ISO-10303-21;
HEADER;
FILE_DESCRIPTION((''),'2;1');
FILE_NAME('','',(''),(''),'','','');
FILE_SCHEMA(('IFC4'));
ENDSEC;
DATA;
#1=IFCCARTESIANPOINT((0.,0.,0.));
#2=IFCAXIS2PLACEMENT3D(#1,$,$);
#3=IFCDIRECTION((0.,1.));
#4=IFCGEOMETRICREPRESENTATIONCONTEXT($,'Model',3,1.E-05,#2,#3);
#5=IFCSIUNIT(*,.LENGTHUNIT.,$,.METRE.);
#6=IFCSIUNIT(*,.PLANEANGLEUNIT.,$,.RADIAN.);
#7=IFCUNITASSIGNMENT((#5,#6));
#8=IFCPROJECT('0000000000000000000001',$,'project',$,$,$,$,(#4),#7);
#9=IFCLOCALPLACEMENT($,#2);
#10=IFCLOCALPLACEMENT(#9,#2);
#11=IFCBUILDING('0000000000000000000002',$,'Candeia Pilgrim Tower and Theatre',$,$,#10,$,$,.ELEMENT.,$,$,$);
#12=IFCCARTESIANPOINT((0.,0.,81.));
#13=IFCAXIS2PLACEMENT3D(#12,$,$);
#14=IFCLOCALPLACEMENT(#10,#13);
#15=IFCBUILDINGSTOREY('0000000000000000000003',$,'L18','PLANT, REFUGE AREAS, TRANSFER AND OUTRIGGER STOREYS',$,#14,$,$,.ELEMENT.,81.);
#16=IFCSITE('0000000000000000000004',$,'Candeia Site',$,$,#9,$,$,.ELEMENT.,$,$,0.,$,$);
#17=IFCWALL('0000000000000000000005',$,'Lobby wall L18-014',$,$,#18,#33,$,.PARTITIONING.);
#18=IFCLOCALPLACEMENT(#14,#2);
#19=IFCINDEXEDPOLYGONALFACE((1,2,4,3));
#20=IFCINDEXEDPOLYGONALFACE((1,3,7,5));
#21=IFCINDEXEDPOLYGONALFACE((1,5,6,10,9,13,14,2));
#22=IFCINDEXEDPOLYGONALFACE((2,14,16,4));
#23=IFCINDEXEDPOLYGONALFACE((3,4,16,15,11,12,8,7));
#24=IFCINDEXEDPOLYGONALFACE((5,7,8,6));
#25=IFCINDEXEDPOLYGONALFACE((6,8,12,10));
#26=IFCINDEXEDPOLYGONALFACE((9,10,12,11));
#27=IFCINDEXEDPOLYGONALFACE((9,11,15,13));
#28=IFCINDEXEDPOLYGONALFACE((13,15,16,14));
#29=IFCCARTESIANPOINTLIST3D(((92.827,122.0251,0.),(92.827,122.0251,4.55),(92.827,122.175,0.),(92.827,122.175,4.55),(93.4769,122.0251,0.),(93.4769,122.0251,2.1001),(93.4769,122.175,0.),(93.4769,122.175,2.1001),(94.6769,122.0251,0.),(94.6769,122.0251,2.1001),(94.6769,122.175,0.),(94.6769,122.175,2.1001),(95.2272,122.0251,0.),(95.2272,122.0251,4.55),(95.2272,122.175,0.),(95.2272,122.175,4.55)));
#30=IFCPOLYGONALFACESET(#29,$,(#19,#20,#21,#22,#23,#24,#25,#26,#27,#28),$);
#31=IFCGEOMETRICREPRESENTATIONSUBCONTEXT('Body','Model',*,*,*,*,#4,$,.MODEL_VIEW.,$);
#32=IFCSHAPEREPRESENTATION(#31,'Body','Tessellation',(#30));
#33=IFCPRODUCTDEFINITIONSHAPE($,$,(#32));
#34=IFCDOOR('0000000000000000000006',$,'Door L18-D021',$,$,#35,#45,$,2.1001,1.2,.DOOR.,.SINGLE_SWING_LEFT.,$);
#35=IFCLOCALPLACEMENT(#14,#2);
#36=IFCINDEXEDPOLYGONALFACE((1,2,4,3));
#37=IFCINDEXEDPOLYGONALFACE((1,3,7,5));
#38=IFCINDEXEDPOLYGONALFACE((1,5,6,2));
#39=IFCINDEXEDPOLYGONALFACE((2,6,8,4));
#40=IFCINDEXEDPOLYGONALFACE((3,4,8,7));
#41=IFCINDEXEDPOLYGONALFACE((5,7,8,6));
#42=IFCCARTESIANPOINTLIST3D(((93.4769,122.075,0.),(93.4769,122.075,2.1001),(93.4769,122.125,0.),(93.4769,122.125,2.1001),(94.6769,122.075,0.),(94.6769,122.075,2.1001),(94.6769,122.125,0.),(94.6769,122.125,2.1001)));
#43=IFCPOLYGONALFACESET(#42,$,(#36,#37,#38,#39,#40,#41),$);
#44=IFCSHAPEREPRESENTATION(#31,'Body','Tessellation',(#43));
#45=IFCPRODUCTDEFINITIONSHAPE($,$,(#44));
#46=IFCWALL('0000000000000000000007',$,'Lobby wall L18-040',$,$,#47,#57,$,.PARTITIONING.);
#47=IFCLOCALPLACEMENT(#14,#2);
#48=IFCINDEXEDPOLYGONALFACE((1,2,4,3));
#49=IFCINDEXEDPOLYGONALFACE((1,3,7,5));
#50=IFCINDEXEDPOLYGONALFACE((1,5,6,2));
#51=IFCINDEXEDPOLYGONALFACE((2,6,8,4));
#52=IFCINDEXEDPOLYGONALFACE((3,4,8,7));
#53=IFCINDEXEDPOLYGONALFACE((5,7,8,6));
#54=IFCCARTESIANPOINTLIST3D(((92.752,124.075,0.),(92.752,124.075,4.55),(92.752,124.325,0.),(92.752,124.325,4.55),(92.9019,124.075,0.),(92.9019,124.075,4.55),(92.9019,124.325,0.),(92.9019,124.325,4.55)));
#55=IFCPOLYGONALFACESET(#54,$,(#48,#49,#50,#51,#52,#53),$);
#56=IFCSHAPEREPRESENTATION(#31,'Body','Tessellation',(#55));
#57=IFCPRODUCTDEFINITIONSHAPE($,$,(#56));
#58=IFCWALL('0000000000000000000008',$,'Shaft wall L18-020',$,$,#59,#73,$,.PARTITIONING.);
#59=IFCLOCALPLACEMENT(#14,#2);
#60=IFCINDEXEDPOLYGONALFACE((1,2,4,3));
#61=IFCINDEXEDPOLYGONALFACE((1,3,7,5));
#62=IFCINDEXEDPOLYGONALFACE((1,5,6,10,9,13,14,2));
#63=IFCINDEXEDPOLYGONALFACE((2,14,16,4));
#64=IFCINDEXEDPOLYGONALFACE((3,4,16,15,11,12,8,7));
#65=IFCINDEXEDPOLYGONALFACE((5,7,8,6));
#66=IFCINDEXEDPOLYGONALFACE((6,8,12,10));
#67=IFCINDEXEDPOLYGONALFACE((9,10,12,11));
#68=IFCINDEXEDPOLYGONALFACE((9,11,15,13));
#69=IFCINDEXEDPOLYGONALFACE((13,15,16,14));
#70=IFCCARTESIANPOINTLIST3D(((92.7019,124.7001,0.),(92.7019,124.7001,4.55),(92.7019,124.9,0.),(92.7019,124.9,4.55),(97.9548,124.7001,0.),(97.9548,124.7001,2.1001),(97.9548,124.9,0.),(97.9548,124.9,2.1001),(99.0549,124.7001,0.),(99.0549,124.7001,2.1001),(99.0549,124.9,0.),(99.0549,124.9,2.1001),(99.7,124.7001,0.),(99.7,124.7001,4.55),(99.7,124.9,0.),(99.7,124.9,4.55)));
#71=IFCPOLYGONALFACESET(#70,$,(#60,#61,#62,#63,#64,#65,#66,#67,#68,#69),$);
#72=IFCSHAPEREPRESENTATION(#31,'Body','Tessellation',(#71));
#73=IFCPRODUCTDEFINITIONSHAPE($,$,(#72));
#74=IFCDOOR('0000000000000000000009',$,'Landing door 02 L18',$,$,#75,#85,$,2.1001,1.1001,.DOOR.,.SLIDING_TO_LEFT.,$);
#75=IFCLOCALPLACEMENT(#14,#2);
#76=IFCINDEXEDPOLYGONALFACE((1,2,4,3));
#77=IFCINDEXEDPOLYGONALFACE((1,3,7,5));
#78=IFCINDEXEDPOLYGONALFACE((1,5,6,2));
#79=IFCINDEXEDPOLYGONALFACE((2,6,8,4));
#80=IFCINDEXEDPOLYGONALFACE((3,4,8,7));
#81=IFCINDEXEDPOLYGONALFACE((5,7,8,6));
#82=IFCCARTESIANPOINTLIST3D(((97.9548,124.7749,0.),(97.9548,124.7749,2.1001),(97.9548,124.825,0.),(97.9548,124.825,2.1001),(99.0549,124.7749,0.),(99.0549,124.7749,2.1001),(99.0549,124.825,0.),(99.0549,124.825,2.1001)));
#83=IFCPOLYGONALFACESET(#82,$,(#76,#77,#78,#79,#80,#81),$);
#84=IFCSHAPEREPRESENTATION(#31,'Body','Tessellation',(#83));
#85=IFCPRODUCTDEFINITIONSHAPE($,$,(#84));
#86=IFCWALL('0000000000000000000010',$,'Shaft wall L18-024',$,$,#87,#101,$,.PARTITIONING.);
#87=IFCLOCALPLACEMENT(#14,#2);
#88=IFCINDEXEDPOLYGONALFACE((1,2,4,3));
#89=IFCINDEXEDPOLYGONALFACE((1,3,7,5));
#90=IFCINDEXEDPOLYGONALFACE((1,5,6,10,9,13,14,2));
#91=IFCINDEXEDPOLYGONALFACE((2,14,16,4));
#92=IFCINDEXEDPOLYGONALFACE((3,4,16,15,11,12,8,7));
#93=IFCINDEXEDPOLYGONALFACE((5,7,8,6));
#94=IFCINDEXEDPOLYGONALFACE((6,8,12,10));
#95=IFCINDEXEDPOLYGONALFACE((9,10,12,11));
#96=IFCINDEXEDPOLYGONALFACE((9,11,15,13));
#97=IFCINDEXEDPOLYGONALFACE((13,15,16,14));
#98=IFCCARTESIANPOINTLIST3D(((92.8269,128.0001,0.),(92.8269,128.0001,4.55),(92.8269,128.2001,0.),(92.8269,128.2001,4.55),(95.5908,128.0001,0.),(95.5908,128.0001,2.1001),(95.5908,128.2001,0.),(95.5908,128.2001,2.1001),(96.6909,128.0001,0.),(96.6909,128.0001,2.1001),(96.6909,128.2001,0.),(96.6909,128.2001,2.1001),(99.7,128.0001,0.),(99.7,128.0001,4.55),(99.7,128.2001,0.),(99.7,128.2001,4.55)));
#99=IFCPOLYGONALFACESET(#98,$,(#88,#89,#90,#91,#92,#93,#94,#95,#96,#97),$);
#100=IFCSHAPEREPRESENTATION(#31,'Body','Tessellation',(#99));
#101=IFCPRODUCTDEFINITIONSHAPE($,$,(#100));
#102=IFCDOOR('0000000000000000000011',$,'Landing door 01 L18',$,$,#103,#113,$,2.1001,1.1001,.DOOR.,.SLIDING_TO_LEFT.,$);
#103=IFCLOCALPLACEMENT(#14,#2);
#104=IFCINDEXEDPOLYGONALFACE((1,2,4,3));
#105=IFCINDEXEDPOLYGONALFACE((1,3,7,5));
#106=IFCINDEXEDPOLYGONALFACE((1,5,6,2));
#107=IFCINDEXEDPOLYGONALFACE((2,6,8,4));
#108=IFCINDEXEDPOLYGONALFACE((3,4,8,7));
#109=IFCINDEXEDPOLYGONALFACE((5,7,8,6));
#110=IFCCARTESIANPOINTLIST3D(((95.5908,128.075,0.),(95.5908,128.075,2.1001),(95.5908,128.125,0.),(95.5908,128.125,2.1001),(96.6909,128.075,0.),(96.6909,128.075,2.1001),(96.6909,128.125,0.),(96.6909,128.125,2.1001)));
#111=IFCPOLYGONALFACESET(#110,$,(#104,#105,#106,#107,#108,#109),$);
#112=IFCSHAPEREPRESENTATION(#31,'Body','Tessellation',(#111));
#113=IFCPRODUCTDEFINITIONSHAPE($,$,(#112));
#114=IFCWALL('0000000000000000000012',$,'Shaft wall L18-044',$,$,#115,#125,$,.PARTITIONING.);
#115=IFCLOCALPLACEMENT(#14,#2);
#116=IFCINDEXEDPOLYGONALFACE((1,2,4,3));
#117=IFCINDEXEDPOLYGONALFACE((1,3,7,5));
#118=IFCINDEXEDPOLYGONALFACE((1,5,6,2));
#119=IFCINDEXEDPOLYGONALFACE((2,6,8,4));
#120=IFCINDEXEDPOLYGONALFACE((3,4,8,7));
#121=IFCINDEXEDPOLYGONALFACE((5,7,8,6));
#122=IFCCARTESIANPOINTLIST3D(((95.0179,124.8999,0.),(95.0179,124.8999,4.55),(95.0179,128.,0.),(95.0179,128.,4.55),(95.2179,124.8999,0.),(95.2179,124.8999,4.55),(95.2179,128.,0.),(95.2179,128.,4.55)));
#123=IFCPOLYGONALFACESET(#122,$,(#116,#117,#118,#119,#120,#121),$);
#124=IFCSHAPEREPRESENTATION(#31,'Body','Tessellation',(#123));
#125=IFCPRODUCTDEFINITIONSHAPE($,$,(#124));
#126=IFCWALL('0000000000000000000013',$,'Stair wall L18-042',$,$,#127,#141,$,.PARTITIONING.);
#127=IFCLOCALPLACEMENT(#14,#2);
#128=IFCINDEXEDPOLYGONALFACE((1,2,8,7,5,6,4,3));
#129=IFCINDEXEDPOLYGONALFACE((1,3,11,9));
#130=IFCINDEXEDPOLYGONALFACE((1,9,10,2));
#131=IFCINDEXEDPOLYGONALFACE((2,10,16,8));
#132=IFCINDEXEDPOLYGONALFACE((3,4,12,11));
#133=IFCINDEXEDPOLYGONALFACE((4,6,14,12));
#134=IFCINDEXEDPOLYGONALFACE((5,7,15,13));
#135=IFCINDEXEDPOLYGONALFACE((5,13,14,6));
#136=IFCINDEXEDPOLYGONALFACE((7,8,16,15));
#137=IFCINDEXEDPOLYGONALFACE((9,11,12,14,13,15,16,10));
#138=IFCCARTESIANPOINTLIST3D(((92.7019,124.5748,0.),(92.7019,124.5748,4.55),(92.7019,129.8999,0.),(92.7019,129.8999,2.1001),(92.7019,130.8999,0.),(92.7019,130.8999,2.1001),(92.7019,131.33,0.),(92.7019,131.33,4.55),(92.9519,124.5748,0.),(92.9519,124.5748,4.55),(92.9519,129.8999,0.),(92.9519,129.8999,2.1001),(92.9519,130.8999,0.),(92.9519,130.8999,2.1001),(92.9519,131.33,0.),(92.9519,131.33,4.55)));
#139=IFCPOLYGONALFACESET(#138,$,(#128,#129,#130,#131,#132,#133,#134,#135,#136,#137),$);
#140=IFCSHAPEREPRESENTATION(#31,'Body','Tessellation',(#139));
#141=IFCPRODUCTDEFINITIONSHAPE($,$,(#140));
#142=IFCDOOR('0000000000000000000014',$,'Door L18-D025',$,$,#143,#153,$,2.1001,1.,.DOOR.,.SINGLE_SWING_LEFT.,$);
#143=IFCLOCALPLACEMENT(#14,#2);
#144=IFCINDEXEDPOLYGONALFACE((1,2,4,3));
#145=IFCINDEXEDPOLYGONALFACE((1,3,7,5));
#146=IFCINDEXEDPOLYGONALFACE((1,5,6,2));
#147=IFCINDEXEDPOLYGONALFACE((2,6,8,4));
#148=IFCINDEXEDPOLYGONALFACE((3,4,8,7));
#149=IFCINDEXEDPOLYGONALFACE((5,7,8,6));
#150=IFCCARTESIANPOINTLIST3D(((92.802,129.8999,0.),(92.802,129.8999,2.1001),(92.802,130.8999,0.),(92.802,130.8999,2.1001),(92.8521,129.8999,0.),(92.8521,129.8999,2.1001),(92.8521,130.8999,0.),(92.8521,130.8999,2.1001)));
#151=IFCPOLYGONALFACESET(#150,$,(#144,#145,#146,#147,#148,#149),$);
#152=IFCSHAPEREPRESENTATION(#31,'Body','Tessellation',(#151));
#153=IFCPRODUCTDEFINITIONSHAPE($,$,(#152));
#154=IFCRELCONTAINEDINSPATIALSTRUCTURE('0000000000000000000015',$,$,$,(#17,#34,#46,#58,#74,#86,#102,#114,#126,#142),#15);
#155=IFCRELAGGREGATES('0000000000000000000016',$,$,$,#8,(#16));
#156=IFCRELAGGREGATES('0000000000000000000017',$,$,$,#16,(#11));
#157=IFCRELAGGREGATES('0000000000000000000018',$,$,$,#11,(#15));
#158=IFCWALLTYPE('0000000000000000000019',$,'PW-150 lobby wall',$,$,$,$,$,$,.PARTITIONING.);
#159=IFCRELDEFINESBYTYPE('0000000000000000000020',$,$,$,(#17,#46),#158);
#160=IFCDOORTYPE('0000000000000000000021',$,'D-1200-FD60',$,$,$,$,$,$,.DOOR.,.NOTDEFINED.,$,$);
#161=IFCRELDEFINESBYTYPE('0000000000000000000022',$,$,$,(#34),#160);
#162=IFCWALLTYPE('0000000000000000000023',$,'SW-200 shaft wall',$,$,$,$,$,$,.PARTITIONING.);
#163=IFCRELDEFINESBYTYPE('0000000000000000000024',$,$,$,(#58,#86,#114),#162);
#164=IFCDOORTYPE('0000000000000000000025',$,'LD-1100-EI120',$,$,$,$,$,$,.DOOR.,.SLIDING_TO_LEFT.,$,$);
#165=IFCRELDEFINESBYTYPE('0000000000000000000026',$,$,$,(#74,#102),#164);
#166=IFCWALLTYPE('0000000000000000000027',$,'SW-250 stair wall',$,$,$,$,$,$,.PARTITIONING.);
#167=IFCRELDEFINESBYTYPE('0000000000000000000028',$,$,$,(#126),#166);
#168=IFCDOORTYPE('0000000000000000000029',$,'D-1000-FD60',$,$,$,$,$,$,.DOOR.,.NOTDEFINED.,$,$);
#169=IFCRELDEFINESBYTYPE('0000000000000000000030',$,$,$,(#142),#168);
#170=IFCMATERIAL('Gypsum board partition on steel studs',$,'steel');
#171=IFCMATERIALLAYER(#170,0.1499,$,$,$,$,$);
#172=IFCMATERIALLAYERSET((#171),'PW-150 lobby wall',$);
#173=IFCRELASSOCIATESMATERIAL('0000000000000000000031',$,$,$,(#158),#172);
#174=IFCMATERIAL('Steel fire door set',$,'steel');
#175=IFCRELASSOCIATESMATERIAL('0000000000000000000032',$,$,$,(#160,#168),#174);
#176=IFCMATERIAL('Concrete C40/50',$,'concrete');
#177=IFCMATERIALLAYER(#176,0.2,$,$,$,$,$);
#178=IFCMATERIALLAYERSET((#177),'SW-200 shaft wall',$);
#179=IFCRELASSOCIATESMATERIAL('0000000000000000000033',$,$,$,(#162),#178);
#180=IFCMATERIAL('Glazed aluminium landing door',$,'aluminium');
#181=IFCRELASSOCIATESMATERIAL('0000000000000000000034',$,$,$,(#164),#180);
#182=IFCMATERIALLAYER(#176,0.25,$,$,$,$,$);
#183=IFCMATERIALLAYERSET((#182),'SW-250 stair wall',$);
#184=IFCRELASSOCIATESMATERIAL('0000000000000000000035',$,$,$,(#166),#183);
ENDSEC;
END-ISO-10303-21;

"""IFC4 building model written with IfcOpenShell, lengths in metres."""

from ifc_helpers import new_model, si_unit, direction, frame, frame_2d, origin, place, context, subcontext, project, spatial, rectangle, extrude, material, layer, layer_set, type_object, element, fill, save


model = new_model("IFC4")

# Units and contexts
model_context = context("Model", 3, precision=1e-05, world=origin(), true_north=direction((0.0, 1.0)))
body_context = subcontext(model_context, "Body", "Model", "MODEL_VIEW")
ifc_project = project(units=[si_unit("LENGTHUNIT", "METRE"), si_unit("PLANEANGLEUNIT", "RADIAN")], contexts=[model_context])

# Site, building, storey
site_placement = place(None, origin())
site = spatial("IfcSite", under=ifc_project, at=site_placement, Name="Candeia Site", CompositionType="ELEMENT", RefElevation=0.0)
building_placement = place(site_placement, origin())
building = spatial("IfcBuilding", under=site, at=building_placement, Name="Candeia Pilgrim Tower and Theatre", CompositionType="ELEMENT")
storey_placement = place(building_placement, frame((0.0, 0.0, 81.0)))
storey = spatial("IfcBuildingStorey", under=building, at=storey_placement, Name="L18", Description="PLANT, REFUGE AREAS, TRANSFER AND OUTRIGGER STOREYS", CompositionType="ELEMENT", Elevation=81.0)

# Wall, opening, door
ifc_material_1 = material(Name="Gypsum board partition on steel studs", Category="steel")
ifc_layer_1 = layer(ifc_material_1, 0.1499)
ifc_layer_set_1 = layer_set([ifc_layer_1], Name="PW-150 lobby wall")
wall_type_1 = type_object("IfcWallType", Name="PW-150 lobby wall", PredefinedType="PARTITIONING", material=ifc_layer_set_1)
wall_1_placement = place(storey_placement, frame((92.8269, 122.1001, 0.0), z_axis=(0.0, 0.0, 1.0), x_axis=(1.0, 0.0, 0.0)))
wall_1 = element("IfcWall", 1, at=wall_1_placement, inside=storey, type_object=wall_type_1, Name="Lobby wall L18-014", PredefinedType="PARTITIONING", context=body_context, shape_type="SweptSolid", body=[
    extrude(rectangle(XDim=2.4001, YDim=0.1499, at=frame_2d((1.2002, 0.0))), origin(), (0.0, 0.0, 1.0), 4.55),
])
opening_1_placement = place(wall_1_placement, frame((0.6499, 0.0, 0.0)))
opening_1 = element("IfcOpeningElement", 2, at=opening_1_placement, cuts=wall_1, PredefinedType="OPENING", context=body_context, shape_type="SweptSolid", body=[
    extrude(rectangle(XDim=1.2, YDim=2.1001, at=frame_2d((0.6001, 1.05))), frame((0.0, 0.085, 0.0), z_axis=(0.0, -1.0, 0.0), x_axis=(1.0, 0.0, 0.0)), (0.0, 0.0, 1.0), 0.1699),
])
ifc_material_2 = material(Name="Steel fire door set", Category="steel")
door_type_1 = type_object("IfcDoorType", Name="D-1200-FD60", OperationType="NOTDEFINED", PredefinedType="DOOR", material=ifc_material_2)
door_1_placement = place(opening_1_placement, origin())
door_1 = element("IfcDoor", 3, at=door_1_placement, inside=storey, type_object=door_type_1, Name="Door L18-D021", OperationType="SINGLE_SWING_LEFT", OverallHeight=2.1001, OverallWidth=1.2, PredefinedType="DOOR", context=body_context, shape_type="SweptSolid", body=[
    extrude(rectangle(XDim=1.2, YDim=2.1001, at=frame_2d((0.6001, 1.05))), frame((0.0, 0.0249, 0.0), z_axis=(0.0, -1.0, 0.0), x_axis=(1.0, 0.0, 0.0)), (0.0, 0.0, 1.0), 0.05),
])
fill(opening_1, door_1)

# Wall
wall_2_placement = place(storey_placement, frame((92.8269, 124.075, 0.0), z_axis=(0.0, 0.0, 1.0), x_axis=(0.0, 1.0, 0.0)))
element("IfcWall", 4, at=wall_2_placement, inside=storey, type_object=wall_type_1, Name="Lobby wall L18-040", PredefinedType="PARTITIONING", context=body_context, shape_type="SweptSolid", body=[
    extrude(rectangle(XDim=0.25, YDim=0.1499, at=frame_2d((0.125, 0.0))), origin(), (0.0, 0.0, 1.0), 4.55),
])

# Walls, openings, doors
ifc_material_3 = material(Name="Concrete C40/50", Category="concrete")
ifc_layer_2 = layer(ifc_material_3, 0.2)
ifc_layer_set_2 = layer_set([ifc_layer_2], Name="SW-200 shaft wall")
wall_type_2 = type_object("IfcWallType", Name="SW-200 shaft wall", PredefinedType="PARTITIONING", material=ifc_layer_set_2)
wall_3_placement = place(storey_placement, frame((92.7019, 124.8, 0.0), z_axis=(0.0, 0.0, 1.0), x_axis=(1.0, 0.0, 0.0)))
wall_3 = element("IfcWall", 5, at=wall_3_placement, inside=storey, type_object=wall_type_2, Name="Shaft wall L18-020", PredefinedType="PARTITIONING", context=body_context, shape_type="SweptSolid", body=[
    extrude(rectangle(XDim=6.998, YDim=0.2, at=frame_2d((3.499, 0.0))), origin(), (0.0, 0.0, 1.0), 4.55),
])
opening_2_placement = place(wall_3_placement, frame((5.2529, 0.0, 0.0)))
opening_2 = element("IfcOpeningElement", 6, at=opening_2_placement, cuts=wall_3, PredefinedType="OPENING", context=body_context, shape_type="SweptSolid", body=[
    extrude(rectangle(XDim=1.1001, YDim=2.1001, at=frame_2d((0.55, 1.05))), frame((0.0, 0.1099, 0.0), z_axis=(0.0, -1.0, 0.0), x_axis=(1.0, 0.0, 0.0)), (0.0, 0.0, 1.0), 0.22),
])
ifc_material_4 = material(Name="Glazed aluminium landing door", Category="aluminium")
door_type_2 = type_object("IfcDoorType", Name="LD-1100-EI120", OperationType="SLIDING_TO_LEFT", PredefinedType="DOOR", material=ifc_material_4)
door_2_placement = place(opening_2_placement, origin())
door_2 = element("IfcDoor", 7, at=door_2_placement, inside=storey, type_object=door_type_2, Name="Landing door 02 L18", OperationType="SLIDING_TO_LEFT", OverallHeight=2.1001, OverallWidth=1.1001, PredefinedType="DOOR", context=body_context, shape_type="SweptSolid", body=[
    extrude(rectangle(XDim=1.1001, YDim=2.1001, at=frame_2d((0.55, 1.05))), frame((0.0, 0.0249, 0.0), z_axis=(0.0, -1.0, 0.0), x_axis=(1.0, 0.0, 0.0)), (0.0, 0.0, 1.0), 0.05),
])
fill(opening_2, door_2)
wall_4_placement = place(storey_placement, frame((92.8269, 128.1001, 0.0), z_axis=(0.0, 0.0, 1.0), x_axis=(1.0, 0.0, 0.0)))
wall_4 = element("IfcWall", 8, at=wall_4_placement, inside=storey, type_object=wall_type_2, Name="Shaft wall L18-024", PredefinedType="PARTITIONING", context=body_context, shape_type="SweptSolid", body=[
    extrude(rectangle(XDim=6.873, YDim=0.2, at=frame_2d((3.4365, 0.0))), origin(), (0.0, 0.0, 1.0), 4.55),
])
opening_3_placement = place(wall_4_placement, frame((2.7639, 0.0, 0.0)))
opening_3 = element("IfcOpeningElement", 9, at=opening_3_placement, cuts=wall_4, PredefinedType="OPENING", context=body_context, shape_type="SweptSolid", body=[
    extrude(rectangle(XDim=1.1001, YDim=2.1001, at=frame_2d((0.55, 1.05))), frame((0.0, 0.1099, 0.0), z_axis=(0.0, -1.0, 0.0), x_axis=(1.0, 0.0, 0.0)), (0.0, 0.0, 1.0), 0.22),
])
door_3_placement = place(opening_3_placement, origin())
door_3 = element("IfcDoor", 10, at=door_3_placement, inside=storey, type_object=door_type_2, Name="Landing door 01 L18", OperationType="SLIDING_TO_LEFT", OverallHeight=2.1001, OverallWidth=1.1001, PredefinedType="DOOR", context=body_context, shape_type="SweptSolid", body=[
    extrude(rectangle(XDim=1.1001, YDim=2.1001, at=frame_2d((0.55, 1.05))), frame((0.0, 0.0249, 0.0), z_axis=(0.0, -1.0, 0.0), x_axis=(1.0, 0.0, 0.0)), (0.0, 0.0, 1.0), 0.05),
])
fill(opening_3, door_3)

# Wall
wall_5_placement = place(storey_placement, frame((95.1179, 124.8999, 0.0), z_axis=(0.0, 0.0, 1.0), x_axis=(0.0, 1.0, 0.0)))
element("IfcWall", 11, at=wall_5_placement, inside=storey, type_object=wall_type_2, Name="Shaft wall L18-044", PredefinedType="PARTITIONING", context=body_context, shape_type="SweptSolid", body=[
    extrude(rectangle(XDim=3.1001, YDim=0.2, at=frame_2d((1.55, 0.0))), origin(), (0.0, 0.0, 1.0), 4.55),
])

# Wall, opening, door
ifc_layer_3 = layer(ifc_material_3, 0.25)
ifc_layer_set_3 = layer_set([ifc_layer_3], Name="SW-250 stair wall")
wall_type_3 = type_object("IfcWallType", Name="SW-250 stair wall", PredefinedType="PARTITIONING", material=ifc_layer_set_3)
wall_6_placement = place(storey_placement, frame((92.8269, 124.575, 0.0), z_axis=(0.0, 0.0, 1.0), x_axis=(0.0, 1.0, 0.0)))
wall_6 = element("IfcWall", 12, at=wall_6_placement, inside=storey, type_object=wall_type_3, Name="Stair wall L18-042", PredefinedType="PARTITIONING", context=body_context, shape_type="SweptSolid", body=[
    extrude(rectangle(XDim=6.7551, YDim=0.25, at=frame_2d((3.3774, 0.0))), origin(), (0.0, 0.0, 1.0), 4.55),
])
opening_4_placement = place(wall_6_placement, frame((5.325, 0.0, 0.0)))
opening_4 = element("IfcOpeningElement", 13, at=opening_4_placement, cuts=wall_6, PredefinedType="OPENING", context=body_context, shape_type="SweptSolid", body=[
    extrude(rectangle(XDim=1.0, YDim=2.1001, at=frame_2d((0.5, 1.05))), frame((0.0, 0.135, 0.0), z_axis=(0.0, -1.0, 0.0), x_axis=(1.0, 0.0, 0.0)), (0.0, 0.0, 1.0), 0.27),
])
door_type_3 = type_object("IfcDoorType", Name="D-1000-FD60", OperationType="NOTDEFINED", PredefinedType="DOOR", material=ifc_material_2)
door_4_placement = place(opening_4_placement, origin())
door_4 = element("IfcDoor", 14, at=door_4_placement, inside=storey, type_object=door_type_3, Name="Door L18-D025", OperationType="SINGLE_SWING_LEFT", OverallHeight=2.1001, OverallWidth=1.0, PredefinedType="DOOR", context=body_context, shape_type="SweptSolid", body=[
    extrude(rectangle(XDim=1.0, YDim=2.1001, at=frame_2d((0.5, 1.05))), frame((0.0, 0.0249, 0.0), z_axis=(0.0, -1.0, 0.0), x_axis=(1.0, 0.0, 0.0)), (0.0, 0.0, 1.0), 0.05),
])
fill(opening_4, door_4)

save(model, "model.ifc")
